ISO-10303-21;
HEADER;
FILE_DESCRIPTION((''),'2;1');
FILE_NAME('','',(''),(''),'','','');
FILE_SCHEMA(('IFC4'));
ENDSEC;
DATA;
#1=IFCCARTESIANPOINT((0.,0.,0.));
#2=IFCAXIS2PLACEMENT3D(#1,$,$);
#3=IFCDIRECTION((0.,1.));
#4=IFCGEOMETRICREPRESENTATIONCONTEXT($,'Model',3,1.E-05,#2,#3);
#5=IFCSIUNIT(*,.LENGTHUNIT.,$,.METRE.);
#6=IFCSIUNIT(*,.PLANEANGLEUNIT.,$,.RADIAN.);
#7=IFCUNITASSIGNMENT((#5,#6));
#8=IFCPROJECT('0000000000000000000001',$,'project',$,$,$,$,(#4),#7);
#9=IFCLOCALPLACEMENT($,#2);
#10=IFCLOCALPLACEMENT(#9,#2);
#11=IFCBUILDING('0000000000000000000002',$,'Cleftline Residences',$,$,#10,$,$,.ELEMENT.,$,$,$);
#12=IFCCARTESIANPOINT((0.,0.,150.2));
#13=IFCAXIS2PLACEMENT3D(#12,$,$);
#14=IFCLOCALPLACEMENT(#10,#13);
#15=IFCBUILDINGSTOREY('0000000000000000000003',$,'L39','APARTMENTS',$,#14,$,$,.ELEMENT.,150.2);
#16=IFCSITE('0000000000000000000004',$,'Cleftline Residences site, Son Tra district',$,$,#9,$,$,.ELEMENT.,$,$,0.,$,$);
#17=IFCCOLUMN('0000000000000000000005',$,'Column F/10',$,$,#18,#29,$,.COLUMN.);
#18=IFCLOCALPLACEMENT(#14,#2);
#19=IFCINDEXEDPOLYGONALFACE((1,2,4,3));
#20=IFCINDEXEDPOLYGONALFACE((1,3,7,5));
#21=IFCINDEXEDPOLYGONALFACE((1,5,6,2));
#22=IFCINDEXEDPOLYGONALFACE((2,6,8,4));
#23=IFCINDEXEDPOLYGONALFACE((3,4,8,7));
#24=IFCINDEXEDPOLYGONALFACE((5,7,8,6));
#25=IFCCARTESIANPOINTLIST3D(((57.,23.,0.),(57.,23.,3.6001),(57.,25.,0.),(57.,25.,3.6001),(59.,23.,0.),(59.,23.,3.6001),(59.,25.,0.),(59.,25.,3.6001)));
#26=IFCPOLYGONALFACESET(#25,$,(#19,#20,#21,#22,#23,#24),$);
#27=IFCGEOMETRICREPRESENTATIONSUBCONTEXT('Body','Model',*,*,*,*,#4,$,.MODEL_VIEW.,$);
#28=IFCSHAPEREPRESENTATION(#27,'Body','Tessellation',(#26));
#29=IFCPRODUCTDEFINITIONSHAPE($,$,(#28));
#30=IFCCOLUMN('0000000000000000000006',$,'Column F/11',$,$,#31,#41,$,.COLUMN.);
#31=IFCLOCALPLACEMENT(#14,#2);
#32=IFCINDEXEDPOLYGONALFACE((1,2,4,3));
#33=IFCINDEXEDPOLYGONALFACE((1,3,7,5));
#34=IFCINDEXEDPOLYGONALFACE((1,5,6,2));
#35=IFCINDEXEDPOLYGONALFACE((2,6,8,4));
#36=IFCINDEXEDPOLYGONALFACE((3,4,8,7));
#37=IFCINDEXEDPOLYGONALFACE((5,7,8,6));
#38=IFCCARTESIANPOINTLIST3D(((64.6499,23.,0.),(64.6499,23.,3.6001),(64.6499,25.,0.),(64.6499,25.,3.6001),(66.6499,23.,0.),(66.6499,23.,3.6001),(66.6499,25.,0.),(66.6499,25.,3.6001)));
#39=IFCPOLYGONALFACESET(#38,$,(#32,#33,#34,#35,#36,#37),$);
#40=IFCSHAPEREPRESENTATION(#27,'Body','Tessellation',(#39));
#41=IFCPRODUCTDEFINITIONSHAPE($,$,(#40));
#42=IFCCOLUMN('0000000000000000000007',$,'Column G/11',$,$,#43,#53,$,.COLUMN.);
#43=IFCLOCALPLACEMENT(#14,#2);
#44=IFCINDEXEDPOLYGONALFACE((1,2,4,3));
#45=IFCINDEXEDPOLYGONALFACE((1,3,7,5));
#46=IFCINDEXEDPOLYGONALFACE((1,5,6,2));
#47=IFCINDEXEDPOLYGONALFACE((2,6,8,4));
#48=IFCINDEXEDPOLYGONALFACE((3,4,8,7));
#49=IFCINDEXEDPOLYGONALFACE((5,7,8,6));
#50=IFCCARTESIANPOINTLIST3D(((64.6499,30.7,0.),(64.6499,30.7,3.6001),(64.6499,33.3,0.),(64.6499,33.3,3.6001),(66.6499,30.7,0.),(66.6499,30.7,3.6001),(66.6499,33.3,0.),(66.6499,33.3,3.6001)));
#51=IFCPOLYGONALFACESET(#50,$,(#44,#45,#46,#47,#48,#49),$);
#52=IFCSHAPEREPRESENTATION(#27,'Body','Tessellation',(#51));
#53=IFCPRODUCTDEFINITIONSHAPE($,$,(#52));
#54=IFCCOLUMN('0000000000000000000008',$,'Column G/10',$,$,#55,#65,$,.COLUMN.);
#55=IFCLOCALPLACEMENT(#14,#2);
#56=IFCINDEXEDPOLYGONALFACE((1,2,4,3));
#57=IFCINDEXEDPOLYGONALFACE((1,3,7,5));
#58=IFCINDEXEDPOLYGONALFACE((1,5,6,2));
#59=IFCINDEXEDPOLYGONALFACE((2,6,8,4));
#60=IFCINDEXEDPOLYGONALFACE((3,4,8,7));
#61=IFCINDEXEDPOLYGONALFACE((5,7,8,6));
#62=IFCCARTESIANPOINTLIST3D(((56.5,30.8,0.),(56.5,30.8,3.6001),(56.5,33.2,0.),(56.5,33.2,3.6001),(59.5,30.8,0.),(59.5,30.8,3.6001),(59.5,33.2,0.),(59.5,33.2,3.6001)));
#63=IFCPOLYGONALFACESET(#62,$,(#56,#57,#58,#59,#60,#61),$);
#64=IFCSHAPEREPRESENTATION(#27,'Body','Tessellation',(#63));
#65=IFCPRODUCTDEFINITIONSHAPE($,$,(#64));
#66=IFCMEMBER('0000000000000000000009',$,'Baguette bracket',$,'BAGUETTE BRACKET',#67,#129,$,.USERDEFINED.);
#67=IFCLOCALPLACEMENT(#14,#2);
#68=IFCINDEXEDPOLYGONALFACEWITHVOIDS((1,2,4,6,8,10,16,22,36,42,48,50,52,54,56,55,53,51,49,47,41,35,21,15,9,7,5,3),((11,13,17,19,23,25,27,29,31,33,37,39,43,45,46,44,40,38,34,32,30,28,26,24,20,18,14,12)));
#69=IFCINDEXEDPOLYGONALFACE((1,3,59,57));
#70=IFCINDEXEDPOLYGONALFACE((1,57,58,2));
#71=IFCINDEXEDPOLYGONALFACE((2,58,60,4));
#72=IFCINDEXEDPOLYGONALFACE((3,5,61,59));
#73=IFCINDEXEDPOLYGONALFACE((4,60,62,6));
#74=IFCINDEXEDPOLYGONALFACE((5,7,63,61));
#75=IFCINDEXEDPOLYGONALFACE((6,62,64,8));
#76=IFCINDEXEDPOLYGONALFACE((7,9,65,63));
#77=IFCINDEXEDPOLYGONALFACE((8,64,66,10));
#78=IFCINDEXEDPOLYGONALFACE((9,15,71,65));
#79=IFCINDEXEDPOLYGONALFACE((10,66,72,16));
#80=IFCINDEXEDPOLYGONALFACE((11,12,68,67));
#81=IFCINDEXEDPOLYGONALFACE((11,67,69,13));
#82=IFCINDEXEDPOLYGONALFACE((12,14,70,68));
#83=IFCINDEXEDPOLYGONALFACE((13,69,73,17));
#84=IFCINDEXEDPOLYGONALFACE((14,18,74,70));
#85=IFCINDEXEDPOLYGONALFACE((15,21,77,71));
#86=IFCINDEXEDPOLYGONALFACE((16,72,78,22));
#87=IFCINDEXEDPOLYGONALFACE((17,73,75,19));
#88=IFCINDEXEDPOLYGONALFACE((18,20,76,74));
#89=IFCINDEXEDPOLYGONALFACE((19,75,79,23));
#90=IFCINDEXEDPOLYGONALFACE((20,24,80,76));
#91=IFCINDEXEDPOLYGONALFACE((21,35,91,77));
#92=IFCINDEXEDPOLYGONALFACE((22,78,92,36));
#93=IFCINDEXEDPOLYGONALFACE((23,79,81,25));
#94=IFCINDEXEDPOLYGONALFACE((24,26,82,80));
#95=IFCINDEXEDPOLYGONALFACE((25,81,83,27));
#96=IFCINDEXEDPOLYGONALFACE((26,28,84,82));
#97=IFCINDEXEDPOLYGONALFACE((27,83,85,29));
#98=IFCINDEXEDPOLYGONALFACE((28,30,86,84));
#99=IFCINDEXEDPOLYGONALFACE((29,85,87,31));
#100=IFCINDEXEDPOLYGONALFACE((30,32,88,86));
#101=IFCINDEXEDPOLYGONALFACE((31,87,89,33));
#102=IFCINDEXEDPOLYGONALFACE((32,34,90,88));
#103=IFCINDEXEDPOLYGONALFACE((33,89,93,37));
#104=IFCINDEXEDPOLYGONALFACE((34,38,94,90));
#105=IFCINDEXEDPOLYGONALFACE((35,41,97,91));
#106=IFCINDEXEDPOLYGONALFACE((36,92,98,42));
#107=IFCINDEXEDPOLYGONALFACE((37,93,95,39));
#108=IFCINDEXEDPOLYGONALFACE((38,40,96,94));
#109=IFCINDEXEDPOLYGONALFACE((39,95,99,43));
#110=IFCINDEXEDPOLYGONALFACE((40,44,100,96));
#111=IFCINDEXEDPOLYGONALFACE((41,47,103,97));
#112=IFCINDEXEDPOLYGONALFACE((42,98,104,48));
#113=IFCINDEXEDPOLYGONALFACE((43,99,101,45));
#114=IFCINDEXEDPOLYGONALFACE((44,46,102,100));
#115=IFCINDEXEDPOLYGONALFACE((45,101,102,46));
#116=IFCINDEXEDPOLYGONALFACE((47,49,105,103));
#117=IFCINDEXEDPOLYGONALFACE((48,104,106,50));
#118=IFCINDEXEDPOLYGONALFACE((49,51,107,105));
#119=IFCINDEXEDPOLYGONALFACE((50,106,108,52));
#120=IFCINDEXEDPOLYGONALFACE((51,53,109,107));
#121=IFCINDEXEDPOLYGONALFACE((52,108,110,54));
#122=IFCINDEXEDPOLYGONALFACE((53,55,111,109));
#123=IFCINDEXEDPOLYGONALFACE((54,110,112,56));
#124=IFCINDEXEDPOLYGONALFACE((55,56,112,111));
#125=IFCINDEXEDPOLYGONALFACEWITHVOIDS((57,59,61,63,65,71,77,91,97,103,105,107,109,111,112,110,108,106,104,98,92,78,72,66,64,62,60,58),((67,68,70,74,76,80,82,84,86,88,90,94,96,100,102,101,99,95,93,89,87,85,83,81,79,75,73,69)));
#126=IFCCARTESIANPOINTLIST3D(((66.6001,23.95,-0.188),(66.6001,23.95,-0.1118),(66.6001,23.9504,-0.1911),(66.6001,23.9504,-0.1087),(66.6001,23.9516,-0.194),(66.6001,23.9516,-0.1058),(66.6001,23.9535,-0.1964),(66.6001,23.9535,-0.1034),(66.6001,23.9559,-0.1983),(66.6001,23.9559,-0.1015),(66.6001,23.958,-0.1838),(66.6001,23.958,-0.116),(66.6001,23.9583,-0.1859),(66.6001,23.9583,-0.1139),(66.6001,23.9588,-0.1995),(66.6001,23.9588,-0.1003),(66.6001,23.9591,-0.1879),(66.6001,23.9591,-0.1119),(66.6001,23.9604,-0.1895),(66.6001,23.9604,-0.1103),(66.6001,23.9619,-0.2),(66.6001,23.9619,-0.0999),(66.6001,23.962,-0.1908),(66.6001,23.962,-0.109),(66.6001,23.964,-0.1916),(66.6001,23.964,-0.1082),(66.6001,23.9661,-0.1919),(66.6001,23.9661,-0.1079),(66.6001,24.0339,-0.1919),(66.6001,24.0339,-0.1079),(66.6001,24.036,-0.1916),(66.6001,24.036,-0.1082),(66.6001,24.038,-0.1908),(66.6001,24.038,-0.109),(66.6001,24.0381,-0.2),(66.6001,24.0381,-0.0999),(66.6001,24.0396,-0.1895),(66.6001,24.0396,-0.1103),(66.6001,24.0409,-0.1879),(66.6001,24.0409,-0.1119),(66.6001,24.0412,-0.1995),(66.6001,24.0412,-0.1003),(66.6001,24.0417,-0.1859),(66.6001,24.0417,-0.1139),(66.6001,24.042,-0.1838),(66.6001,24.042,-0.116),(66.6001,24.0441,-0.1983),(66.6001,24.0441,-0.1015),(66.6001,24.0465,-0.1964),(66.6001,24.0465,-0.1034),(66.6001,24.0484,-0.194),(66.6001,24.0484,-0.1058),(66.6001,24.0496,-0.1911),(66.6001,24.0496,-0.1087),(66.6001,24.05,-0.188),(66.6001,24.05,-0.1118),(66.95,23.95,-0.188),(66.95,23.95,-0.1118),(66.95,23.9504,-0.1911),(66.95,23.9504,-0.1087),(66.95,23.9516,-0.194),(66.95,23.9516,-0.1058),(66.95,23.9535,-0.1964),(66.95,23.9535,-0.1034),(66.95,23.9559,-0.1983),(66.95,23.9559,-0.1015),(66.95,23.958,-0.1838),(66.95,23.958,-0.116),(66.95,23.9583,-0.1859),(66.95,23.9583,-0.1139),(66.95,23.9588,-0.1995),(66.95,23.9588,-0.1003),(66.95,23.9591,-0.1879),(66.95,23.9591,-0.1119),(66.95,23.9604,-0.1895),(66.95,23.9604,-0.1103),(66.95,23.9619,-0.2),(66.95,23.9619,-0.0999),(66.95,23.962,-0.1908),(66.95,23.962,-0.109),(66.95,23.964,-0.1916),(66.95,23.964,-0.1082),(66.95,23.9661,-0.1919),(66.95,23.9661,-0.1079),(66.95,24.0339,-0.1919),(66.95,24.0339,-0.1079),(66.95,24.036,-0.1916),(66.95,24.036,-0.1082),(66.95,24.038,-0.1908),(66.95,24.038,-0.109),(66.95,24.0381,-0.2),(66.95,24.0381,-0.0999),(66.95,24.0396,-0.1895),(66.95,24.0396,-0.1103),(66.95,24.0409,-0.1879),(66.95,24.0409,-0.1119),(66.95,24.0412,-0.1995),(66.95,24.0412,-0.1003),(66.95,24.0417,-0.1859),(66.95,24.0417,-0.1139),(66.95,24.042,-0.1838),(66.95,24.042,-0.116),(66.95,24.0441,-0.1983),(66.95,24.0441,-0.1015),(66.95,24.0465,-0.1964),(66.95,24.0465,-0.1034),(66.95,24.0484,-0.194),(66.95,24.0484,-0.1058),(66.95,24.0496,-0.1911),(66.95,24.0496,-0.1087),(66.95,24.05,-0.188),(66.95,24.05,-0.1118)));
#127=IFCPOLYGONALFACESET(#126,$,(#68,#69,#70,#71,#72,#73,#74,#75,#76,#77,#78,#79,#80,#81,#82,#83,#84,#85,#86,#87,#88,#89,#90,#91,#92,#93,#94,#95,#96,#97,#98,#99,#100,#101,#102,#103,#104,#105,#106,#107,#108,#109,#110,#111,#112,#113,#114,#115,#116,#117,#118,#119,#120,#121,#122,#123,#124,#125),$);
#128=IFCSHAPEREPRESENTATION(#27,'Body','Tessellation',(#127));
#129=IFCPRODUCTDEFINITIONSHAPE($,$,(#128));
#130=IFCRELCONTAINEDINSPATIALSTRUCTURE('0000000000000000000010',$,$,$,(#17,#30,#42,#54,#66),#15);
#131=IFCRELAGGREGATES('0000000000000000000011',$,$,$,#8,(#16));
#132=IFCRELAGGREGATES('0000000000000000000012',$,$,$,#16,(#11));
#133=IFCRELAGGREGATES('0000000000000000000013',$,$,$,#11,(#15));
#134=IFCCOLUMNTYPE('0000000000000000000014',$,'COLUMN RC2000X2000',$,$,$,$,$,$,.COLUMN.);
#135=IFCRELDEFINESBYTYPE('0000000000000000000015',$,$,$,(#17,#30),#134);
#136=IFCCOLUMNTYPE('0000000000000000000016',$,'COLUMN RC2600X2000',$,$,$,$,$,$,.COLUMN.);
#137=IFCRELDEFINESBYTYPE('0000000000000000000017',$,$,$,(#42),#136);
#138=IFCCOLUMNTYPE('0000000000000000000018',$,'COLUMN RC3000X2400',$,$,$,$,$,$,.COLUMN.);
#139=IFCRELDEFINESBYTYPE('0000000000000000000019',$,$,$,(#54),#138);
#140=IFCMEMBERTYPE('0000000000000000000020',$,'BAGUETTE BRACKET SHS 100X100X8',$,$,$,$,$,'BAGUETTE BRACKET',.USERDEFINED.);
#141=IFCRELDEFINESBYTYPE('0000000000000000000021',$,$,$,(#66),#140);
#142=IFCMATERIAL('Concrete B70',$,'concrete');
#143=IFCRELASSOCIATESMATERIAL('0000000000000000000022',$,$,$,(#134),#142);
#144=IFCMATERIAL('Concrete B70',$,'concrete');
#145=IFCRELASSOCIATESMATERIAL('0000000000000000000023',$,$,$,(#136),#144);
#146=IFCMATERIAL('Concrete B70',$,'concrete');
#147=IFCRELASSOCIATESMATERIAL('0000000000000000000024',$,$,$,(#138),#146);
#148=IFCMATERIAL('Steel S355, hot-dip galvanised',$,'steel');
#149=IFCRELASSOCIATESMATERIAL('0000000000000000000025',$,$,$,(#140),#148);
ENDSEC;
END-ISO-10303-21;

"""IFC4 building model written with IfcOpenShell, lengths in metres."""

from ifc_helpers import new_model, si_unit, direction, frame, origin, origin_2d, place, context, subcontext, project, spatial, rectangle, hollow_rectangle, extrude, material, material_profile, profile_set, type_object, element, save


model = new_model("IFC4")

# Units and contexts
model_context = context("Model", 3, precision=1e-05, world=origin(), true_north=direction((0.0, 1.0)))
body_context = subcontext(model_context, "Body", "Model", "MODEL_VIEW")
ifc_project = project(units=[si_unit("LENGTHUNIT", "METRE"), si_unit("PLANEANGLEUNIT", "RADIAN")], contexts=[model_context])

# Site, building, storey
site_placement = place(None, origin())
site = spatial("IfcSite", under=ifc_project, at=site_placement, Name="Cleftline Residences site, Son Tra district", CompositionType="ELEMENT", RefElevation=0.0)
building_placement = place(site_placement, origin())
building = spatial("IfcBuilding", under=site, at=building_placement, Name="Cleftline Residences", CompositionType="ELEMENT")
storey_placement = place(building_placement, frame((0.0, 0.0, 150.2)))
storey = spatial("IfcBuildingStorey", under=building, at=storey_placement, Name="L39", Description="APARTMENTS", CompositionType="ELEMENT", Elevation=150.2)

# Columns
ifc_material_1 = material(Name="Concrete B70", Category="concrete")
ifc_material_profile_1 = material_profile(ifc_material_1, rectangle(XDim=2.0, YDim=2.0, at=origin_2d()))
ifc_profile_set_1 = profile_set([ifc_material_profile_1], Name="Concrete B70")
column_type_1 = type_object("IfcColumnType", Name="COLUMN RC2000X2000", PredefinedType="COLUMN", material=ifc_profile_set_1)
for number, where, z_axis, x_axis, name in (
    (1, (58.0, 24.0, 0.0), (0.0, 0.0, 1.0), (1.0, 0.0, 0.0), "Column F/10"),
    (2, (65.6499, 24.0, 0.0), (0.0, 0.0, 1.0), (1.0, 0.0, 0.0), "Column F/11"),
):
    element("IfcColumn", number, at=place(storey_placement, frame(where, z_axis=z_axis, x_axis=x_axis)), inside=storey, type_object=column_type_1, Name=name, PredefinedType="COLUMN", context=body_context, shape_type="SweptSolid", body=[
        extrude(rectangle(XDim=2.0, YDim=2.0, at=origin_2d()), origin(), (0.0, 0.0, 1.0), 3.6001),
    ])
ifc_material_2 = material(Name="Concrete B70", Category="concrete")
ifc_material_profile_2 = material_profile(ifc_material_2, rectangle(XDim=2.6001, YDim=2.0, at=origin_2d()))
ifc_profile_set_2 = profile_set([ifc_material_profile_2], Name="Concrete B70")
column_type_2 = type_object("IfcColumnType", Name="COLUMN RC2600X2000", PredefinedType="COLUMN", material=ifc_profile_set_2)
column_1_placement = place(storey_placement, frame((65.6499, 32.0, 0.0), z_axis=(0.0, 0.0, 1.0), x_axis=(0.0, 1.0, 0.0)))
element("IfcColumn", 3, at=column_1_placement, inside=storey, type_object=column_type_2, Name="Column G/11", PredefinedType="COLUMN", context=body_context, shape_type="SweptSolid", body=[
    extrude(rectangle(XDim=2.6001, YDim=2.0, at=origin_2d()), origin(), (0.0, 0.0, 1.0), 3.6001),
])
ifc_material_3 = material(Name="Concrete B70", Category="concrete")
ifc_material_profile_3 = material_profile(ifc_material_3, rectangle(XDim=3.0, YDim=2.3999, at=origin_2d()))
ifc_profile_set_3 = profile_set([ifc_material_profile_3], Name="Concrete B70")
column_type_3 = type_object("IfcColumnType", Name="COLUMN RC3000X2400", PredefinedType="COLUMN", material=ifc_profile_set_3)
column_2_placement = place(storey_placement, frame((58.0, 32.0, 0.0), z_axis=(0.0, 0.0, 1.0), x_axis=(1.0, 0.0, 0.0)))
element("IfcColumn", 4, at=column_2_placement, inside=storey, type_object=column_type_3, Name="Column G/10", PredefinedType="COLUMN", context=body_context, shape_type="SweptSolid", body=[
    extrude(rectangle(XDim=3.0, YDim=2.3999, at=origin_2d()), origin(), (0.0, 0.0, 1.0), 3.6001),
])

# Member
ifc_material_4 = material(Name="Steel S355, hot-dip galvanised", Category="steel")
ifc_material_profile_4 = material_profile(ifc_material_4, hollow_rectangle(XDim=0.1001, YDim=0.1001, WallThickness=0.0081, InnerFilletRadius=0.0081, OuterFilletRadius=0.012, at=origin_2d()))
ifc_profile_set_4 = profile_set([ifc_material_profile_4], Name="Steel S355, hot-dip galvanised")
member_type_1 = type_object("IfcMemberType", Name="BAGUETTE BRACKET SHS 100X100X8", ElementType="BAGUETTE BRACKET", PredefinedType="USERDEFINED", material=ifc_profile_set_4)
member_1_placement = place(storey_placement, frame((66.6001, 24.0, -0.1499), z_axis=(1.0, 0.0, 0.0), x_axis=(0.0, 1.0, 0.0)))
element("IfcMember", 5, at=member_1_placement, inside=storey, type_object=member_type_1, Name="Baguette bracket", ObjectType="BAGUETTE BRACKET", PredefinedType="USERDEFINED", context=body_context, shape_type="SweptSolid", body=[
    extrude(hollow_rectangle(XDim=0.1001, YDim=0.1001, WallThickness=0.0081, InnerFilletRadius=0.0081, OuterFilletRadius=0.012, at=origin_2d()), origin(), (0.0, 0.0, 1.0), 0.3499),
])

save(model, "model.ifc")
